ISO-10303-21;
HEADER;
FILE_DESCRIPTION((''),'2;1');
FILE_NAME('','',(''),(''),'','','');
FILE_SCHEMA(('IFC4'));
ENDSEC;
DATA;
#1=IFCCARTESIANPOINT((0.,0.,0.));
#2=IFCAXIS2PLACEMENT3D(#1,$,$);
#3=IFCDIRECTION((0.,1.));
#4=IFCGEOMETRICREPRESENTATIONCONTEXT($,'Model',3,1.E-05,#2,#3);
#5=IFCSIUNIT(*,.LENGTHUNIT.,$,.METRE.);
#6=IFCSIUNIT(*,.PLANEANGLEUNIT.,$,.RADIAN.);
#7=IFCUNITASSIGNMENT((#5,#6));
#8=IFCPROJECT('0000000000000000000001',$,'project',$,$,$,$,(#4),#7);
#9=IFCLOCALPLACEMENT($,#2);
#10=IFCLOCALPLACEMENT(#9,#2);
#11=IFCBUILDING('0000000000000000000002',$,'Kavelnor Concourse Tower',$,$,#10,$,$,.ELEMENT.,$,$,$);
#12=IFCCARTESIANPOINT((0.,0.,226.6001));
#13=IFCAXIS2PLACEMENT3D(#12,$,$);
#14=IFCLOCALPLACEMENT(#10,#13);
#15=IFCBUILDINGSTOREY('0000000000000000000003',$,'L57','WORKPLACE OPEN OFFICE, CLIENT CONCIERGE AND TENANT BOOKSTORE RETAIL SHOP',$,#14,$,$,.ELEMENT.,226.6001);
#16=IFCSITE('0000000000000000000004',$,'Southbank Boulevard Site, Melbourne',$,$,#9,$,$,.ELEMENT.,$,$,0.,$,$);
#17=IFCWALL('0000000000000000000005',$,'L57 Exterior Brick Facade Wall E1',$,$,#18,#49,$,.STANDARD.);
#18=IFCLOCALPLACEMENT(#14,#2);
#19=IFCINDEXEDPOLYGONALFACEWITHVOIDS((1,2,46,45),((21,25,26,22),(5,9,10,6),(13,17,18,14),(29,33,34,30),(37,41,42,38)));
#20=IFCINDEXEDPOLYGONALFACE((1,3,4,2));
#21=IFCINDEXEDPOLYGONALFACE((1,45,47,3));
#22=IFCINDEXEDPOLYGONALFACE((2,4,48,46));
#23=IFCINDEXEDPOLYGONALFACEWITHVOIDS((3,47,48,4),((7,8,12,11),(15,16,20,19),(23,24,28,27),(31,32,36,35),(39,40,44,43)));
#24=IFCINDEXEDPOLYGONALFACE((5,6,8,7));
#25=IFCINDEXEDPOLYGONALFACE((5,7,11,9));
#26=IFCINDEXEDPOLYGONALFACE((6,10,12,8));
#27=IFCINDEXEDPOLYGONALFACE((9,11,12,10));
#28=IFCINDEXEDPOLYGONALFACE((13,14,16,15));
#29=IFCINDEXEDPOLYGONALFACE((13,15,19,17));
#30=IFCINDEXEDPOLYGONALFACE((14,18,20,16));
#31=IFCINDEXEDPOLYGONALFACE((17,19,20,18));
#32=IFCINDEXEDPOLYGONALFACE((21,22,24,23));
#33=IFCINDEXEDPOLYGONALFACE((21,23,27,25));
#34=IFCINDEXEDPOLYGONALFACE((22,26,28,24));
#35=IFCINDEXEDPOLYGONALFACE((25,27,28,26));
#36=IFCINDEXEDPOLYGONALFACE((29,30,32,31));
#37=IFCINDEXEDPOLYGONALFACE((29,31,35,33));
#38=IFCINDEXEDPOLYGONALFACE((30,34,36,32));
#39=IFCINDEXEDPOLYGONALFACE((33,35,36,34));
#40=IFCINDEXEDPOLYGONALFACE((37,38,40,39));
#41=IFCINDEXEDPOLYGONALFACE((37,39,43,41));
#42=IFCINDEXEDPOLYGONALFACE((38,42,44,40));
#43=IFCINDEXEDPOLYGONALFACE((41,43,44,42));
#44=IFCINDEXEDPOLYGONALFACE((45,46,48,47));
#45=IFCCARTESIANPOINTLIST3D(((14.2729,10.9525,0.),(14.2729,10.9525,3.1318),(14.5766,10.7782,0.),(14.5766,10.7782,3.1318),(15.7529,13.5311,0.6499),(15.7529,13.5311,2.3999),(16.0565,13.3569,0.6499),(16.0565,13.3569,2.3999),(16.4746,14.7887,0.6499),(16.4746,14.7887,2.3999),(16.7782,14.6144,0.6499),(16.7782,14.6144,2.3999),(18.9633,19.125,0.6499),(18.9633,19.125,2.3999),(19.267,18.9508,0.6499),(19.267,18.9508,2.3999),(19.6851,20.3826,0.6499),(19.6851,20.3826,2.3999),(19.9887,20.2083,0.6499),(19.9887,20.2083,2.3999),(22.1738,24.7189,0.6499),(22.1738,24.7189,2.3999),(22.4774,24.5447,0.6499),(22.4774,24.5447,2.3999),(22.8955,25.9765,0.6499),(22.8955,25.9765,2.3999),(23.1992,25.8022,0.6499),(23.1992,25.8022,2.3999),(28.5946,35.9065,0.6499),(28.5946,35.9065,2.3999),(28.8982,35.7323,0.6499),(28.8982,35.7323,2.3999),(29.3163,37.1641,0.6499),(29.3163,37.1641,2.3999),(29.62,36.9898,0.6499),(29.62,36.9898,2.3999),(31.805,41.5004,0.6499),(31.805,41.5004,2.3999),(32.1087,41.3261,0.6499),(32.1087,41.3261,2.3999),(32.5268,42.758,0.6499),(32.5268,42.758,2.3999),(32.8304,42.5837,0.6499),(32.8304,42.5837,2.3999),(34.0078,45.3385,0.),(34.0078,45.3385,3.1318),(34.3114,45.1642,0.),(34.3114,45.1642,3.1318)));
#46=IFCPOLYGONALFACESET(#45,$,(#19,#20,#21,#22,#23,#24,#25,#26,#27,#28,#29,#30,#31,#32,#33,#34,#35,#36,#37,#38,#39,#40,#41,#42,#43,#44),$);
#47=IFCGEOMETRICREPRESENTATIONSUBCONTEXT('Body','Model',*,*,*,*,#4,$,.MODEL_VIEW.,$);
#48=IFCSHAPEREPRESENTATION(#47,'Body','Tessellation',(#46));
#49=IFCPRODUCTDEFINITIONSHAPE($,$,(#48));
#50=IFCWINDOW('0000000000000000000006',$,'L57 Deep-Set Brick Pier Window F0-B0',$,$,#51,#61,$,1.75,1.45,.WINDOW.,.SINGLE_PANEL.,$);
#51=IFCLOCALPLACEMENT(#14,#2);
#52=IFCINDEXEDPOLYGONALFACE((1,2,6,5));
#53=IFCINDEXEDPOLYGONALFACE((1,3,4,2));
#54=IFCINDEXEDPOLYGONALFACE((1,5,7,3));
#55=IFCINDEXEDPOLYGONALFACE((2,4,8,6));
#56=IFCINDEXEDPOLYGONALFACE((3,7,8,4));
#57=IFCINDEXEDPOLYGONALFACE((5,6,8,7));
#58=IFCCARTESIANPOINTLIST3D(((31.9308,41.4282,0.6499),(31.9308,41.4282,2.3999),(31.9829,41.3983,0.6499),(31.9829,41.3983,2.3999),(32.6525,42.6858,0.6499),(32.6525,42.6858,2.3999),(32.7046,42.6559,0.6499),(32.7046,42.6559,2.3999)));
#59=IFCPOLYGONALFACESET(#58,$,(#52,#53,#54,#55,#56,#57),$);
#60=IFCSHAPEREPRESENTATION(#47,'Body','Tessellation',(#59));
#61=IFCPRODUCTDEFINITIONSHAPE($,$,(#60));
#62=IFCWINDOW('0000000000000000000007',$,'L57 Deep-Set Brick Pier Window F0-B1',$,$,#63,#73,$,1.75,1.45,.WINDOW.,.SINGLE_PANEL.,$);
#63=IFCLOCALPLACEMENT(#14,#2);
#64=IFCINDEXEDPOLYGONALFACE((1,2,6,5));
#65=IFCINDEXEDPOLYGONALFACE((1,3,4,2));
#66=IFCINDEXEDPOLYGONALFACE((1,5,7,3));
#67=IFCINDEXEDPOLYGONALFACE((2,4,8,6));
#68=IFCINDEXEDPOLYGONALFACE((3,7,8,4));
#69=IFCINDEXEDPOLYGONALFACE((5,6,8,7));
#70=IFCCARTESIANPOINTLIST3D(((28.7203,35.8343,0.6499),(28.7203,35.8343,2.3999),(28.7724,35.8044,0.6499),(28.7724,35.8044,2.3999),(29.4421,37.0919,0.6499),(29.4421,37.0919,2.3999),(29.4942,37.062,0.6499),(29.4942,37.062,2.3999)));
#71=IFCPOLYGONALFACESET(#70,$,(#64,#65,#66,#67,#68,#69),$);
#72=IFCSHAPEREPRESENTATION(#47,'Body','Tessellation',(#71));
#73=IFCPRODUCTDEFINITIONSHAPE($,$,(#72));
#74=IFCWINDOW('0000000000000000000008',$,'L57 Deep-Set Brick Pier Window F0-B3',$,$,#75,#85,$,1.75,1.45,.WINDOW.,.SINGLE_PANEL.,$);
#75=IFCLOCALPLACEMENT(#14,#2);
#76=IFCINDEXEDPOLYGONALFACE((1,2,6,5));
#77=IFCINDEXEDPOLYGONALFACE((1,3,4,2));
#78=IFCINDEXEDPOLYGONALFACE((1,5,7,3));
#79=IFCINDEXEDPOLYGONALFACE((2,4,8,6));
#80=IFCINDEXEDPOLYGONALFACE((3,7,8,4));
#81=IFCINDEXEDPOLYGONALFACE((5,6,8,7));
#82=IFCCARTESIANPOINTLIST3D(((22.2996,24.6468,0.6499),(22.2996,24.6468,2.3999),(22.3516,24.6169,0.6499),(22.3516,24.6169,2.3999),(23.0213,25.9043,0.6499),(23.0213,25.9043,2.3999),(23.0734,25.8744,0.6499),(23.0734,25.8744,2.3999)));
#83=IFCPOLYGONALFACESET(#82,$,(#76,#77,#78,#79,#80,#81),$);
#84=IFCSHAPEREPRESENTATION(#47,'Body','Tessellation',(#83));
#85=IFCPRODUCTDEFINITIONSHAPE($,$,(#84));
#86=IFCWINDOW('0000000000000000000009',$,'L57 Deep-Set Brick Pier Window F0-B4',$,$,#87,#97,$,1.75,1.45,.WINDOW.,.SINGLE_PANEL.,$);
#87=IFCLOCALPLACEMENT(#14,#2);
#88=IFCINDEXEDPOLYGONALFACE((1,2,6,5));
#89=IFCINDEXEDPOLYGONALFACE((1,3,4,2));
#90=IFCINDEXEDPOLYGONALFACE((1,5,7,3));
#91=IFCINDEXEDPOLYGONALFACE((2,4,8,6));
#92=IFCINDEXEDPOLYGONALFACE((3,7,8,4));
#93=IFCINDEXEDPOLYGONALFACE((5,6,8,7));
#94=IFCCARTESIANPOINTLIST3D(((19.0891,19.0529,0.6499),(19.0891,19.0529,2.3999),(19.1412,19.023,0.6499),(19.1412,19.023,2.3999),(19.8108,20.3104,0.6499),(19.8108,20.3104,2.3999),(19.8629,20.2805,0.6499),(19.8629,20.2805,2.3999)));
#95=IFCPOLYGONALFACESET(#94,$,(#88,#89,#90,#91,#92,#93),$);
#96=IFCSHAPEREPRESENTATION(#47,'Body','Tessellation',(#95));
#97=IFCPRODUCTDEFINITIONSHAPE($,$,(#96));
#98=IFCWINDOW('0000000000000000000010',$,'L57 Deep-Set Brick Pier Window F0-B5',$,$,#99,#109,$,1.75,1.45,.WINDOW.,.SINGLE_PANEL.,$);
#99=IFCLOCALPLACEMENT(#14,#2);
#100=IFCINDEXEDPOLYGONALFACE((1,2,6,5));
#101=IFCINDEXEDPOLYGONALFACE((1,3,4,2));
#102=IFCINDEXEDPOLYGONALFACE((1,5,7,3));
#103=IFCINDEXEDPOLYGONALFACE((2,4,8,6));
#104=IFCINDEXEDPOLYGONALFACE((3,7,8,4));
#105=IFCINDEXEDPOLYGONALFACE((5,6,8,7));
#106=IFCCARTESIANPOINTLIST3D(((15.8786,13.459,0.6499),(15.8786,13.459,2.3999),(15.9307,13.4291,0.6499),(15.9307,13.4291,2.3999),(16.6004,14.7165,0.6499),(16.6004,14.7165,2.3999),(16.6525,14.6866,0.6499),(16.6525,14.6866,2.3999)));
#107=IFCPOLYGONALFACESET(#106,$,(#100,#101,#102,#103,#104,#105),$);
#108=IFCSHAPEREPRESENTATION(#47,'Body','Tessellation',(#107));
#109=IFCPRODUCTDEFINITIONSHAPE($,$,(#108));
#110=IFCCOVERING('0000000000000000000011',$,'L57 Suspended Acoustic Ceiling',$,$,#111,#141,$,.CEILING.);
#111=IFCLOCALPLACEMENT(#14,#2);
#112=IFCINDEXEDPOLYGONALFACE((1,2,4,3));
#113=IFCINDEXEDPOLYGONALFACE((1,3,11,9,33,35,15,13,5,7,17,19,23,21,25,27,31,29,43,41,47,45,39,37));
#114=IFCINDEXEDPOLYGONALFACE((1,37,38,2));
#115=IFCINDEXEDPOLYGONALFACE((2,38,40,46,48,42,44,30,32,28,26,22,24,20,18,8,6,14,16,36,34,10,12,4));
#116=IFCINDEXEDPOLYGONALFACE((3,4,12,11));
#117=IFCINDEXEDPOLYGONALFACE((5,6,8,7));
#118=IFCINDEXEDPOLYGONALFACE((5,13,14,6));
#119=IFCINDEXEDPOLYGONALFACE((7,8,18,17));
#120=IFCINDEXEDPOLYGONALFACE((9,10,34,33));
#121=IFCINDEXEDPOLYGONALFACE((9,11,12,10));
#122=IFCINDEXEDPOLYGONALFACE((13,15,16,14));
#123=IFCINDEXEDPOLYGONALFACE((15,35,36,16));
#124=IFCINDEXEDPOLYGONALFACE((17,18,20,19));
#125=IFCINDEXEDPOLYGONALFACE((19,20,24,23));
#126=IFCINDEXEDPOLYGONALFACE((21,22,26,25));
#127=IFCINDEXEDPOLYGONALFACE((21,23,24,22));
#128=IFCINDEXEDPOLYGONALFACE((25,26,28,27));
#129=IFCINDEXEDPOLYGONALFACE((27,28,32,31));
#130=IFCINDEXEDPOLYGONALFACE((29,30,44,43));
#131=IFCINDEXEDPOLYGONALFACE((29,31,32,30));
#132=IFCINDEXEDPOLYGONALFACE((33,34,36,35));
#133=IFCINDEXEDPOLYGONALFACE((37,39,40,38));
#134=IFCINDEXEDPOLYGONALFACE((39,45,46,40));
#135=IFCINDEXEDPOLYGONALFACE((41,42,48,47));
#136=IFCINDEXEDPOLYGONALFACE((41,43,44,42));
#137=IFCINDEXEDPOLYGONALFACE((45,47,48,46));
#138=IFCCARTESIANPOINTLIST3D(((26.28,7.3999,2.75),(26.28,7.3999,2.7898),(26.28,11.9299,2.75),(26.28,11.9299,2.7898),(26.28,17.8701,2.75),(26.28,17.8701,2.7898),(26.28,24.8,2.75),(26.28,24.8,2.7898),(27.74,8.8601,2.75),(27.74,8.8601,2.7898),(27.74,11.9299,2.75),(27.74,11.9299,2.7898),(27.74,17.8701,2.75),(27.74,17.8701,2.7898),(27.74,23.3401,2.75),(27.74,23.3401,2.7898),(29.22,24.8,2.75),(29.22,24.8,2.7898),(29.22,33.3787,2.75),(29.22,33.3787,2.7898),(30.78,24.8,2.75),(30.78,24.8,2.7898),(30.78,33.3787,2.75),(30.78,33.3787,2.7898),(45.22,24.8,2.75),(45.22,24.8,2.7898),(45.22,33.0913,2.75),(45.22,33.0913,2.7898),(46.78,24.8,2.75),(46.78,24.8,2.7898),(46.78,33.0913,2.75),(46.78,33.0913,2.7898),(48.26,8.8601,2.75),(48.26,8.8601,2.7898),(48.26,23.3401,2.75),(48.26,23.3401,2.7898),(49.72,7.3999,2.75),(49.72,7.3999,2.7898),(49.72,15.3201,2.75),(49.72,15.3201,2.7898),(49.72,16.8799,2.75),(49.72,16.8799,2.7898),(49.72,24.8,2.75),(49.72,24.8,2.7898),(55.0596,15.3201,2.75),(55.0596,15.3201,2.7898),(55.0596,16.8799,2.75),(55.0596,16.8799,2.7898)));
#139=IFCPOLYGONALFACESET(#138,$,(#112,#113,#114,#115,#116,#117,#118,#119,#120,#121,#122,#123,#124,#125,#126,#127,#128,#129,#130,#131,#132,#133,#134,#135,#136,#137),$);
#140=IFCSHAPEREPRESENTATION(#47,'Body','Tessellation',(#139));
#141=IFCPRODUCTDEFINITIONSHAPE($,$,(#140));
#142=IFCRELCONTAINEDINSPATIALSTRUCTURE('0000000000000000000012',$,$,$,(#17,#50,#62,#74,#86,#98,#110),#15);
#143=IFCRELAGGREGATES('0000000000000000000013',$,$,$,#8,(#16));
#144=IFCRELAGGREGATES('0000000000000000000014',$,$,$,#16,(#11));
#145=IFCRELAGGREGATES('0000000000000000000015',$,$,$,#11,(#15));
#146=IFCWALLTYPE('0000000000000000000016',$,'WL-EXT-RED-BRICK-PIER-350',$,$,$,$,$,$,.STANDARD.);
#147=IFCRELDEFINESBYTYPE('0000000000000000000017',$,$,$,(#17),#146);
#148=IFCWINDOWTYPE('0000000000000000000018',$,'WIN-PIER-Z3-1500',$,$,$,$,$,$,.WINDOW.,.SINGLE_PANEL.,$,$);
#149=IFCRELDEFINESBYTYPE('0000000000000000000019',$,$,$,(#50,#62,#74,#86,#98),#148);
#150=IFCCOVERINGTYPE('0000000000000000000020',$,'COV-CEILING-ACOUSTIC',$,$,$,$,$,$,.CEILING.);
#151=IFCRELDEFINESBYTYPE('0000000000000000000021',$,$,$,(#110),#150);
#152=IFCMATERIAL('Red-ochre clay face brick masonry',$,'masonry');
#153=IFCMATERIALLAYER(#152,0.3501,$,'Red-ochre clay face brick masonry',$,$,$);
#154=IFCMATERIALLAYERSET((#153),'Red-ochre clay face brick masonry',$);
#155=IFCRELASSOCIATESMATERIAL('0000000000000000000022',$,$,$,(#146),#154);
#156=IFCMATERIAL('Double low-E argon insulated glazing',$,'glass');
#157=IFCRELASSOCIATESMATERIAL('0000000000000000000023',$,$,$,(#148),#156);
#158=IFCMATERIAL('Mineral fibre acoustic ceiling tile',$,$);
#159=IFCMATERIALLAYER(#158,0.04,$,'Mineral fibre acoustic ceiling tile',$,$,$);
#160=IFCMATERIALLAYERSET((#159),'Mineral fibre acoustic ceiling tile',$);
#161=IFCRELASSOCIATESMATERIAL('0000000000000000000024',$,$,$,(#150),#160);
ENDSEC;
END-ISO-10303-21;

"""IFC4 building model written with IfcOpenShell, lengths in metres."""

from ifc_helpers import new_model, si_unit, direction, frame, frame_2d, origin, place, context, subcontext, project, spatial, polyline, rectangle, outline, extrude, material, layer, layer_set, type_object, element, fill, save


model = new_model("IFC4")

# Units and contexts
model_context = context("Model", 3, precision=1e-05, world=origin(), true_north=direction((0.0, 1.0)))
body_context = subcontext(model_context, "Body", "Model", "MODEL_VIEW")
ifc_project = project(units=[si_unit("LENGTHUNIT", "METRE"), si_unit("PLANEANGLEUNIT", "RADIAN")], contexts=[model_context])

# Site, building, storey
site_placement = place(None, origin())
site = spatial("IfcSite", under=ifc_project, at=site_placement, Name="Southbank Boulevard Site, Melbourne", CompositionType="ELEMENT", RefElevation=0.0)
building_placement = place(site_placement, origin())
building = spatial("IfcBuilding", under=site, at=building_placement, Name="Kavelnor Concourse Tower", CompositionType="ELEMENT")
storey_placement = place(building_placement, frame((0.0, 0.0, 226.6001)))
storey = spatial("IfcBuildingStorey", under=building, at=storey_placement, Name="L57", Description="WORKPLACE OPEN OFFICE, CLIENT CONCIERGE AND TENANT BOOKSTORE RETAIL SHOP", CompositionType="ELEMENT", Elevation=226.6001)

# Shared definitions
ifc_material_1 = material(Name="Double low-E argon insulated glazing", Category="glass")

# Wall, openings, windows
ifc_material_2 = material(Name="Red-ochre clay face brick masonry", Category="masonry")
ifc_layer_1 = layer(ifc_material_2, 0.3501, Name="Red-ochre clay face brick masonry")
ifc_layer_set_1 = layer_set([ifc_layer_1], Name="Red-ochre clay face brick masonry")
wall_type_1 = type_object("IfcWallType", Name="WL-EXT-RED-BRICK-PIER-350", PredefinedType="STANDARD", material=ifc_layer_set_1)
wall_1_placement = place(storey_placement, frame((14.4248, 10.8655, 0.0), z_axis=(0.0, 0.0, 1.0), x_axis=(0.497768, 0.86731, 0.0)))
wall_1 = element("IfcWall", 1, at=wall_1_placement, inside=storey, type_object=wall_type_1, Name="L57 Exterior Brick Facade Wall E1", PredefinedType="STANDARD", context=body_context, shape_type="SweptSolid", body=[
    extrude(rectangle(XDim=39.6467, YDim=0.3501, at=frame_2d((19.8232, 0.0))), origin(), (0.0, 0.0, 1.0), 3.1318),
])
opening_1_placement = place(wall_1_placement, frame((35.2212, 0.0, 0.6499)))
opening_1 = element("IfcOpeningElement", 2, at=opening_1_placement, cuts=wall_1, PredefinedType="OPENING", context=body_context, shape_type="SweptSolid", body=[
    extrude(rectangle(XDim=1.45, YDim=1.75, at=frame_2d((0.7251, 0.875))), frame((0.0, 0.1851, 0.0), z_axis=(0.0, -1.0, 0.0), x_axis=(1.0, 0.0, 0.0)), (0.0, 0.0, 1.0), 0.3701),
])
opening_2_placement = place(wall_1_placement, frame((28.7715, 0.0, 0.6499)))
opening_2 = element("IfcOpeningElement", 3, at=opening_2_placement, cuts=wall_1, PredefinedType="OPENING", context=body_context, shape_type="SweptSolid", body=[
    extrude(rectangle(XDim=1.45, YDim=1.75, at=frame_2d((0.7251, 0.875))), frame((0.0, 0.1851, 0.0), z_axis=(0.0, -1.0, 0.0), x_axis=(1.0, 0.0, 0.0)), (0.0, 0.0, 1.0), 0.3701),
])
opening_3_placement = place(wall_1_placement, frame((15.8723, 0.0, 0.6499)))
opening_3 = element("IfcOpeningElement", 4, at=opening_3_placement, cuts=wall_1, PredefinedType="OPENING", context=body_context, shape_type="SweptSolid", body=[
    extrude(rectangle(XDim=1.45, YDim=1.75, at=frame_2d((0.7251, 0.875))), frame((0.0, 0.1851, 0.0), z_axis=(0.0, -1.0, 0.0), x_axis=(1.0, 0.0, 0.0)), (0.0, 0.0, 1.0), 0.3701),
])
opening_4_placement = place(wall_1_placement, frame((9.4226, 0.0, 0.6499)))
opening_4 = element("IfcOpeningElement", 5, at=opening_4_placement, cuts=wall_1, PredefinedType="OPENING", context=body_context, shape_type="SweptSolid", body=[
    extrude(rectangle(XDim=1.45, YDim=1.75, at=frame_2d((0.7251, 0.875))), frame((0.0, 0.1851, 0.0), z_axis=(0.0, -1.0, 0.0), x_axis=(1.0, 0.0, 0.0)), (0.0, 0.0, 1.0), 0.3701),
])
opening_5_placement = place(wall_1_placement, frame((2.9729, 0.0, 0.6499)))
opening_5 = element("IfcOpeningElement", 6, at=opening_5_placement, cuts=wall_1, PredefinedType="OPENING", context=body_context, shape_type="SweptSolid", body=[
    extrude(rectangle(XDim=1.45, YDim=1.75, at=frame_2d((0.7251, 0.875))), frame((0.0, 0.1851, 0.0), z_axis=(0.0, -1.0, 0.0), x_axis=(1.0, 0.0, 0.0)), (0.0, 0.0, 1.0), 0.3701),
])
window_type_1 = type_object("IfcWindowType", Name="WIN-PIER-Z3-1500", PartitioningType="SINGLE_PANEL", PredefinedType="WINDOW", material=ifc_material_1)
window_1_placement = place(opening_1_placement, origin())
window_1 = element("IfcWindow", 7, at=window_1_placement, inside=storey, type_object=window_type_1, Name="L57 Deep-Set Brick Pier Window F0-B0", OverallHeight=1.75, OverallWidth=1.45, PartitioningType="SINGLE_PANEL", PredefinedType="WINDOW", context=body_context, shape_type="SweptSolid", body=[
    extrude(rectangle(XDim=1.45, YDim=1.75, at=frame_2d((0.7251, 0.875))), frame((0.0, 0.03, 0.0), z_axis=(0.0, -1.0, 0.0), x_axis=(1.0, 0.0, 0.0)), (0.0, 0.0, 1.0), 0.0601),
])
fill(opening_1, window_1)
window_2_placement = place(opening_2_placement, origin())
window_2 = element("IfcWindow", 8, at=window_2_placement, inside=storey, type_object=window_type_1, Name="L57 Deep-Set Brick Pier Window F0-B1", OverallHeight=1.75, OverallWidth=1.45, PartitioningType="SINGLE_PANEL", PredefinedType="WINDOW", context=body_context, shape_type="SweptSolid", body=[
    extrude(rectangle(XDim=1.45, YDim=1.75, at=frame_2d((0.7251, 0.875))), frame((0.0, 0.03, 0.0), z_axis=(0.0, -1.0, 0.0), x_axis=(1.0, 0.0, 0.0)), (0.0, 0.0, 1.0), 0.0601),
])
fill(opening_2, window_2)
window_3_placement = place(opening_3_placement, origin())
window_3 = element("IfcWindow", 9, at=window_3_placement, inside=storey, type_object=window_type_1, Name="L57 Deep-Set Brick Pier Window F0-B3", OverallHeight=1.75, OverallWidth=1.45, PartitioningType="SINGLE_PANEL", PredefinedType="WINDOW", context=body_context, shape_type="SweptSolid", body=[
    extrude(rectangle(XDim=1.45, YDim=1.75, at=frame_2d((0.7251, 0.875))), frame((0.0, 0.03, 0.0), z_axis=(0.0, -1.0, 0.0), x_axis=(1.0, 0.0, 0.0)), (0.0, 0.0, 1.0), 0.0601),
])
fill(opening_3, window_3)
window_4_placement = place(opening_4_placement, origin())
window_4 = element("IfcWindow", 10, at=window_4_placement, inside=storey, type_object=window_type_1, Name="L57 Deep-Set Brick Pier Window F0-B4", OverallHeight=1.75, OverallWidth=1.45, PartitioningType="SINGLE_PANEL", PredefinedType="WINDOW", context=body_context, shape_type="SweptSolid", body=[
    extrude(rectangle(XDim=1.45, YDim=1.75, at=frame_2d((0.7251, 0.875))), frame((0.0, 0.03, 0.0), z_axis=(0.0, -1.0, 0.0), x_axis=(1.0, 0.0, 0.0)), (0.0, 0.0, 1.0), 0.0601),
])
fill(opening_4, window_4)
window_5_placement = place(opening_5_placement, origin())
window_5 = element("IfcWindow", 11, at=window_5_placement, inside=storey, type_object=window_type_1, Name="L57 Deep-Set Brick Pier Window F0-B5", OverallHeight=1.75, OverallWidth=1.45, PartitioningType="SINGLE_PANEL", PredefinedType="WINDOW", context=body_context, shape_type="SweptSolid", body=[
    extrude(rectangle(XDim=1.45, YDim=1.75, at=frame_2d((0.7251, 0.875))), frame((0.0, 0.03, 0.0), z_axis=(0.0, -1.0, 0.0), x_axis=(1.0, 0.0, 0.0)), (0.0, 0.0, 1.0), 0.0601),
])
fill(opening_5, window_5)

# Covering
ifc_material_3 = material(Name="Mineral fibre acoustic ceiling tile")
ifc_layer_2 = layer(ifc_material_3, 0.04, Name="Mineral fibre acoustic ceiling tile")
ifc_layer_set_2 = layer_set([ifc_layer_2], Name="Mineral fibre acoustic ceiling tile")
covering_type_1 = type_object("IfcCoveringType", Name="COV-CEILING-ACOUSTIC", PredefinedType="CEILING", material=ifc_layer_set_2)
covering_1_placement = place(storey_placement, frame((0.0, 0.0, 2.75)))
element("IfcCovering", 12, at=covering_1_placement, inside=storey, type_object=covering_type_1, Name="L57 Suspended Acoustic Ceiling", PredefinedType="CEILING", context=body_context, shape_type="SweptSolid", body=[
    extrude(outline(polyline([(29.22, 24.8), (29.22, 33.3787), (30.78, 33.3787), (30.78, 24.8), (45.22, 24.8), (45.22, 33.0913), (46.78, 33.0913), (46.78, 24.8), (49.72, 24.8), (49.72, 16.8799), (55.0596, 16.8799), (55.0596, 15.3201), (49.72, 15.3201), (49.72, 7.3999), (26.28, 7.3999), (26.28, 11.9299), (27.74, 11.9299), (27.74, 8.8601), (48.26, 8.8601), (48.26, 23.3401), (27.74, 23.3401), (27.74, 17.8701), (26.28, 17.8701), (26.28, 24.8), (29.22, 24.8)])), origin(), (0.0, 0.0, 1.0), 0.0398),
])

save(model, "model.ifc")
